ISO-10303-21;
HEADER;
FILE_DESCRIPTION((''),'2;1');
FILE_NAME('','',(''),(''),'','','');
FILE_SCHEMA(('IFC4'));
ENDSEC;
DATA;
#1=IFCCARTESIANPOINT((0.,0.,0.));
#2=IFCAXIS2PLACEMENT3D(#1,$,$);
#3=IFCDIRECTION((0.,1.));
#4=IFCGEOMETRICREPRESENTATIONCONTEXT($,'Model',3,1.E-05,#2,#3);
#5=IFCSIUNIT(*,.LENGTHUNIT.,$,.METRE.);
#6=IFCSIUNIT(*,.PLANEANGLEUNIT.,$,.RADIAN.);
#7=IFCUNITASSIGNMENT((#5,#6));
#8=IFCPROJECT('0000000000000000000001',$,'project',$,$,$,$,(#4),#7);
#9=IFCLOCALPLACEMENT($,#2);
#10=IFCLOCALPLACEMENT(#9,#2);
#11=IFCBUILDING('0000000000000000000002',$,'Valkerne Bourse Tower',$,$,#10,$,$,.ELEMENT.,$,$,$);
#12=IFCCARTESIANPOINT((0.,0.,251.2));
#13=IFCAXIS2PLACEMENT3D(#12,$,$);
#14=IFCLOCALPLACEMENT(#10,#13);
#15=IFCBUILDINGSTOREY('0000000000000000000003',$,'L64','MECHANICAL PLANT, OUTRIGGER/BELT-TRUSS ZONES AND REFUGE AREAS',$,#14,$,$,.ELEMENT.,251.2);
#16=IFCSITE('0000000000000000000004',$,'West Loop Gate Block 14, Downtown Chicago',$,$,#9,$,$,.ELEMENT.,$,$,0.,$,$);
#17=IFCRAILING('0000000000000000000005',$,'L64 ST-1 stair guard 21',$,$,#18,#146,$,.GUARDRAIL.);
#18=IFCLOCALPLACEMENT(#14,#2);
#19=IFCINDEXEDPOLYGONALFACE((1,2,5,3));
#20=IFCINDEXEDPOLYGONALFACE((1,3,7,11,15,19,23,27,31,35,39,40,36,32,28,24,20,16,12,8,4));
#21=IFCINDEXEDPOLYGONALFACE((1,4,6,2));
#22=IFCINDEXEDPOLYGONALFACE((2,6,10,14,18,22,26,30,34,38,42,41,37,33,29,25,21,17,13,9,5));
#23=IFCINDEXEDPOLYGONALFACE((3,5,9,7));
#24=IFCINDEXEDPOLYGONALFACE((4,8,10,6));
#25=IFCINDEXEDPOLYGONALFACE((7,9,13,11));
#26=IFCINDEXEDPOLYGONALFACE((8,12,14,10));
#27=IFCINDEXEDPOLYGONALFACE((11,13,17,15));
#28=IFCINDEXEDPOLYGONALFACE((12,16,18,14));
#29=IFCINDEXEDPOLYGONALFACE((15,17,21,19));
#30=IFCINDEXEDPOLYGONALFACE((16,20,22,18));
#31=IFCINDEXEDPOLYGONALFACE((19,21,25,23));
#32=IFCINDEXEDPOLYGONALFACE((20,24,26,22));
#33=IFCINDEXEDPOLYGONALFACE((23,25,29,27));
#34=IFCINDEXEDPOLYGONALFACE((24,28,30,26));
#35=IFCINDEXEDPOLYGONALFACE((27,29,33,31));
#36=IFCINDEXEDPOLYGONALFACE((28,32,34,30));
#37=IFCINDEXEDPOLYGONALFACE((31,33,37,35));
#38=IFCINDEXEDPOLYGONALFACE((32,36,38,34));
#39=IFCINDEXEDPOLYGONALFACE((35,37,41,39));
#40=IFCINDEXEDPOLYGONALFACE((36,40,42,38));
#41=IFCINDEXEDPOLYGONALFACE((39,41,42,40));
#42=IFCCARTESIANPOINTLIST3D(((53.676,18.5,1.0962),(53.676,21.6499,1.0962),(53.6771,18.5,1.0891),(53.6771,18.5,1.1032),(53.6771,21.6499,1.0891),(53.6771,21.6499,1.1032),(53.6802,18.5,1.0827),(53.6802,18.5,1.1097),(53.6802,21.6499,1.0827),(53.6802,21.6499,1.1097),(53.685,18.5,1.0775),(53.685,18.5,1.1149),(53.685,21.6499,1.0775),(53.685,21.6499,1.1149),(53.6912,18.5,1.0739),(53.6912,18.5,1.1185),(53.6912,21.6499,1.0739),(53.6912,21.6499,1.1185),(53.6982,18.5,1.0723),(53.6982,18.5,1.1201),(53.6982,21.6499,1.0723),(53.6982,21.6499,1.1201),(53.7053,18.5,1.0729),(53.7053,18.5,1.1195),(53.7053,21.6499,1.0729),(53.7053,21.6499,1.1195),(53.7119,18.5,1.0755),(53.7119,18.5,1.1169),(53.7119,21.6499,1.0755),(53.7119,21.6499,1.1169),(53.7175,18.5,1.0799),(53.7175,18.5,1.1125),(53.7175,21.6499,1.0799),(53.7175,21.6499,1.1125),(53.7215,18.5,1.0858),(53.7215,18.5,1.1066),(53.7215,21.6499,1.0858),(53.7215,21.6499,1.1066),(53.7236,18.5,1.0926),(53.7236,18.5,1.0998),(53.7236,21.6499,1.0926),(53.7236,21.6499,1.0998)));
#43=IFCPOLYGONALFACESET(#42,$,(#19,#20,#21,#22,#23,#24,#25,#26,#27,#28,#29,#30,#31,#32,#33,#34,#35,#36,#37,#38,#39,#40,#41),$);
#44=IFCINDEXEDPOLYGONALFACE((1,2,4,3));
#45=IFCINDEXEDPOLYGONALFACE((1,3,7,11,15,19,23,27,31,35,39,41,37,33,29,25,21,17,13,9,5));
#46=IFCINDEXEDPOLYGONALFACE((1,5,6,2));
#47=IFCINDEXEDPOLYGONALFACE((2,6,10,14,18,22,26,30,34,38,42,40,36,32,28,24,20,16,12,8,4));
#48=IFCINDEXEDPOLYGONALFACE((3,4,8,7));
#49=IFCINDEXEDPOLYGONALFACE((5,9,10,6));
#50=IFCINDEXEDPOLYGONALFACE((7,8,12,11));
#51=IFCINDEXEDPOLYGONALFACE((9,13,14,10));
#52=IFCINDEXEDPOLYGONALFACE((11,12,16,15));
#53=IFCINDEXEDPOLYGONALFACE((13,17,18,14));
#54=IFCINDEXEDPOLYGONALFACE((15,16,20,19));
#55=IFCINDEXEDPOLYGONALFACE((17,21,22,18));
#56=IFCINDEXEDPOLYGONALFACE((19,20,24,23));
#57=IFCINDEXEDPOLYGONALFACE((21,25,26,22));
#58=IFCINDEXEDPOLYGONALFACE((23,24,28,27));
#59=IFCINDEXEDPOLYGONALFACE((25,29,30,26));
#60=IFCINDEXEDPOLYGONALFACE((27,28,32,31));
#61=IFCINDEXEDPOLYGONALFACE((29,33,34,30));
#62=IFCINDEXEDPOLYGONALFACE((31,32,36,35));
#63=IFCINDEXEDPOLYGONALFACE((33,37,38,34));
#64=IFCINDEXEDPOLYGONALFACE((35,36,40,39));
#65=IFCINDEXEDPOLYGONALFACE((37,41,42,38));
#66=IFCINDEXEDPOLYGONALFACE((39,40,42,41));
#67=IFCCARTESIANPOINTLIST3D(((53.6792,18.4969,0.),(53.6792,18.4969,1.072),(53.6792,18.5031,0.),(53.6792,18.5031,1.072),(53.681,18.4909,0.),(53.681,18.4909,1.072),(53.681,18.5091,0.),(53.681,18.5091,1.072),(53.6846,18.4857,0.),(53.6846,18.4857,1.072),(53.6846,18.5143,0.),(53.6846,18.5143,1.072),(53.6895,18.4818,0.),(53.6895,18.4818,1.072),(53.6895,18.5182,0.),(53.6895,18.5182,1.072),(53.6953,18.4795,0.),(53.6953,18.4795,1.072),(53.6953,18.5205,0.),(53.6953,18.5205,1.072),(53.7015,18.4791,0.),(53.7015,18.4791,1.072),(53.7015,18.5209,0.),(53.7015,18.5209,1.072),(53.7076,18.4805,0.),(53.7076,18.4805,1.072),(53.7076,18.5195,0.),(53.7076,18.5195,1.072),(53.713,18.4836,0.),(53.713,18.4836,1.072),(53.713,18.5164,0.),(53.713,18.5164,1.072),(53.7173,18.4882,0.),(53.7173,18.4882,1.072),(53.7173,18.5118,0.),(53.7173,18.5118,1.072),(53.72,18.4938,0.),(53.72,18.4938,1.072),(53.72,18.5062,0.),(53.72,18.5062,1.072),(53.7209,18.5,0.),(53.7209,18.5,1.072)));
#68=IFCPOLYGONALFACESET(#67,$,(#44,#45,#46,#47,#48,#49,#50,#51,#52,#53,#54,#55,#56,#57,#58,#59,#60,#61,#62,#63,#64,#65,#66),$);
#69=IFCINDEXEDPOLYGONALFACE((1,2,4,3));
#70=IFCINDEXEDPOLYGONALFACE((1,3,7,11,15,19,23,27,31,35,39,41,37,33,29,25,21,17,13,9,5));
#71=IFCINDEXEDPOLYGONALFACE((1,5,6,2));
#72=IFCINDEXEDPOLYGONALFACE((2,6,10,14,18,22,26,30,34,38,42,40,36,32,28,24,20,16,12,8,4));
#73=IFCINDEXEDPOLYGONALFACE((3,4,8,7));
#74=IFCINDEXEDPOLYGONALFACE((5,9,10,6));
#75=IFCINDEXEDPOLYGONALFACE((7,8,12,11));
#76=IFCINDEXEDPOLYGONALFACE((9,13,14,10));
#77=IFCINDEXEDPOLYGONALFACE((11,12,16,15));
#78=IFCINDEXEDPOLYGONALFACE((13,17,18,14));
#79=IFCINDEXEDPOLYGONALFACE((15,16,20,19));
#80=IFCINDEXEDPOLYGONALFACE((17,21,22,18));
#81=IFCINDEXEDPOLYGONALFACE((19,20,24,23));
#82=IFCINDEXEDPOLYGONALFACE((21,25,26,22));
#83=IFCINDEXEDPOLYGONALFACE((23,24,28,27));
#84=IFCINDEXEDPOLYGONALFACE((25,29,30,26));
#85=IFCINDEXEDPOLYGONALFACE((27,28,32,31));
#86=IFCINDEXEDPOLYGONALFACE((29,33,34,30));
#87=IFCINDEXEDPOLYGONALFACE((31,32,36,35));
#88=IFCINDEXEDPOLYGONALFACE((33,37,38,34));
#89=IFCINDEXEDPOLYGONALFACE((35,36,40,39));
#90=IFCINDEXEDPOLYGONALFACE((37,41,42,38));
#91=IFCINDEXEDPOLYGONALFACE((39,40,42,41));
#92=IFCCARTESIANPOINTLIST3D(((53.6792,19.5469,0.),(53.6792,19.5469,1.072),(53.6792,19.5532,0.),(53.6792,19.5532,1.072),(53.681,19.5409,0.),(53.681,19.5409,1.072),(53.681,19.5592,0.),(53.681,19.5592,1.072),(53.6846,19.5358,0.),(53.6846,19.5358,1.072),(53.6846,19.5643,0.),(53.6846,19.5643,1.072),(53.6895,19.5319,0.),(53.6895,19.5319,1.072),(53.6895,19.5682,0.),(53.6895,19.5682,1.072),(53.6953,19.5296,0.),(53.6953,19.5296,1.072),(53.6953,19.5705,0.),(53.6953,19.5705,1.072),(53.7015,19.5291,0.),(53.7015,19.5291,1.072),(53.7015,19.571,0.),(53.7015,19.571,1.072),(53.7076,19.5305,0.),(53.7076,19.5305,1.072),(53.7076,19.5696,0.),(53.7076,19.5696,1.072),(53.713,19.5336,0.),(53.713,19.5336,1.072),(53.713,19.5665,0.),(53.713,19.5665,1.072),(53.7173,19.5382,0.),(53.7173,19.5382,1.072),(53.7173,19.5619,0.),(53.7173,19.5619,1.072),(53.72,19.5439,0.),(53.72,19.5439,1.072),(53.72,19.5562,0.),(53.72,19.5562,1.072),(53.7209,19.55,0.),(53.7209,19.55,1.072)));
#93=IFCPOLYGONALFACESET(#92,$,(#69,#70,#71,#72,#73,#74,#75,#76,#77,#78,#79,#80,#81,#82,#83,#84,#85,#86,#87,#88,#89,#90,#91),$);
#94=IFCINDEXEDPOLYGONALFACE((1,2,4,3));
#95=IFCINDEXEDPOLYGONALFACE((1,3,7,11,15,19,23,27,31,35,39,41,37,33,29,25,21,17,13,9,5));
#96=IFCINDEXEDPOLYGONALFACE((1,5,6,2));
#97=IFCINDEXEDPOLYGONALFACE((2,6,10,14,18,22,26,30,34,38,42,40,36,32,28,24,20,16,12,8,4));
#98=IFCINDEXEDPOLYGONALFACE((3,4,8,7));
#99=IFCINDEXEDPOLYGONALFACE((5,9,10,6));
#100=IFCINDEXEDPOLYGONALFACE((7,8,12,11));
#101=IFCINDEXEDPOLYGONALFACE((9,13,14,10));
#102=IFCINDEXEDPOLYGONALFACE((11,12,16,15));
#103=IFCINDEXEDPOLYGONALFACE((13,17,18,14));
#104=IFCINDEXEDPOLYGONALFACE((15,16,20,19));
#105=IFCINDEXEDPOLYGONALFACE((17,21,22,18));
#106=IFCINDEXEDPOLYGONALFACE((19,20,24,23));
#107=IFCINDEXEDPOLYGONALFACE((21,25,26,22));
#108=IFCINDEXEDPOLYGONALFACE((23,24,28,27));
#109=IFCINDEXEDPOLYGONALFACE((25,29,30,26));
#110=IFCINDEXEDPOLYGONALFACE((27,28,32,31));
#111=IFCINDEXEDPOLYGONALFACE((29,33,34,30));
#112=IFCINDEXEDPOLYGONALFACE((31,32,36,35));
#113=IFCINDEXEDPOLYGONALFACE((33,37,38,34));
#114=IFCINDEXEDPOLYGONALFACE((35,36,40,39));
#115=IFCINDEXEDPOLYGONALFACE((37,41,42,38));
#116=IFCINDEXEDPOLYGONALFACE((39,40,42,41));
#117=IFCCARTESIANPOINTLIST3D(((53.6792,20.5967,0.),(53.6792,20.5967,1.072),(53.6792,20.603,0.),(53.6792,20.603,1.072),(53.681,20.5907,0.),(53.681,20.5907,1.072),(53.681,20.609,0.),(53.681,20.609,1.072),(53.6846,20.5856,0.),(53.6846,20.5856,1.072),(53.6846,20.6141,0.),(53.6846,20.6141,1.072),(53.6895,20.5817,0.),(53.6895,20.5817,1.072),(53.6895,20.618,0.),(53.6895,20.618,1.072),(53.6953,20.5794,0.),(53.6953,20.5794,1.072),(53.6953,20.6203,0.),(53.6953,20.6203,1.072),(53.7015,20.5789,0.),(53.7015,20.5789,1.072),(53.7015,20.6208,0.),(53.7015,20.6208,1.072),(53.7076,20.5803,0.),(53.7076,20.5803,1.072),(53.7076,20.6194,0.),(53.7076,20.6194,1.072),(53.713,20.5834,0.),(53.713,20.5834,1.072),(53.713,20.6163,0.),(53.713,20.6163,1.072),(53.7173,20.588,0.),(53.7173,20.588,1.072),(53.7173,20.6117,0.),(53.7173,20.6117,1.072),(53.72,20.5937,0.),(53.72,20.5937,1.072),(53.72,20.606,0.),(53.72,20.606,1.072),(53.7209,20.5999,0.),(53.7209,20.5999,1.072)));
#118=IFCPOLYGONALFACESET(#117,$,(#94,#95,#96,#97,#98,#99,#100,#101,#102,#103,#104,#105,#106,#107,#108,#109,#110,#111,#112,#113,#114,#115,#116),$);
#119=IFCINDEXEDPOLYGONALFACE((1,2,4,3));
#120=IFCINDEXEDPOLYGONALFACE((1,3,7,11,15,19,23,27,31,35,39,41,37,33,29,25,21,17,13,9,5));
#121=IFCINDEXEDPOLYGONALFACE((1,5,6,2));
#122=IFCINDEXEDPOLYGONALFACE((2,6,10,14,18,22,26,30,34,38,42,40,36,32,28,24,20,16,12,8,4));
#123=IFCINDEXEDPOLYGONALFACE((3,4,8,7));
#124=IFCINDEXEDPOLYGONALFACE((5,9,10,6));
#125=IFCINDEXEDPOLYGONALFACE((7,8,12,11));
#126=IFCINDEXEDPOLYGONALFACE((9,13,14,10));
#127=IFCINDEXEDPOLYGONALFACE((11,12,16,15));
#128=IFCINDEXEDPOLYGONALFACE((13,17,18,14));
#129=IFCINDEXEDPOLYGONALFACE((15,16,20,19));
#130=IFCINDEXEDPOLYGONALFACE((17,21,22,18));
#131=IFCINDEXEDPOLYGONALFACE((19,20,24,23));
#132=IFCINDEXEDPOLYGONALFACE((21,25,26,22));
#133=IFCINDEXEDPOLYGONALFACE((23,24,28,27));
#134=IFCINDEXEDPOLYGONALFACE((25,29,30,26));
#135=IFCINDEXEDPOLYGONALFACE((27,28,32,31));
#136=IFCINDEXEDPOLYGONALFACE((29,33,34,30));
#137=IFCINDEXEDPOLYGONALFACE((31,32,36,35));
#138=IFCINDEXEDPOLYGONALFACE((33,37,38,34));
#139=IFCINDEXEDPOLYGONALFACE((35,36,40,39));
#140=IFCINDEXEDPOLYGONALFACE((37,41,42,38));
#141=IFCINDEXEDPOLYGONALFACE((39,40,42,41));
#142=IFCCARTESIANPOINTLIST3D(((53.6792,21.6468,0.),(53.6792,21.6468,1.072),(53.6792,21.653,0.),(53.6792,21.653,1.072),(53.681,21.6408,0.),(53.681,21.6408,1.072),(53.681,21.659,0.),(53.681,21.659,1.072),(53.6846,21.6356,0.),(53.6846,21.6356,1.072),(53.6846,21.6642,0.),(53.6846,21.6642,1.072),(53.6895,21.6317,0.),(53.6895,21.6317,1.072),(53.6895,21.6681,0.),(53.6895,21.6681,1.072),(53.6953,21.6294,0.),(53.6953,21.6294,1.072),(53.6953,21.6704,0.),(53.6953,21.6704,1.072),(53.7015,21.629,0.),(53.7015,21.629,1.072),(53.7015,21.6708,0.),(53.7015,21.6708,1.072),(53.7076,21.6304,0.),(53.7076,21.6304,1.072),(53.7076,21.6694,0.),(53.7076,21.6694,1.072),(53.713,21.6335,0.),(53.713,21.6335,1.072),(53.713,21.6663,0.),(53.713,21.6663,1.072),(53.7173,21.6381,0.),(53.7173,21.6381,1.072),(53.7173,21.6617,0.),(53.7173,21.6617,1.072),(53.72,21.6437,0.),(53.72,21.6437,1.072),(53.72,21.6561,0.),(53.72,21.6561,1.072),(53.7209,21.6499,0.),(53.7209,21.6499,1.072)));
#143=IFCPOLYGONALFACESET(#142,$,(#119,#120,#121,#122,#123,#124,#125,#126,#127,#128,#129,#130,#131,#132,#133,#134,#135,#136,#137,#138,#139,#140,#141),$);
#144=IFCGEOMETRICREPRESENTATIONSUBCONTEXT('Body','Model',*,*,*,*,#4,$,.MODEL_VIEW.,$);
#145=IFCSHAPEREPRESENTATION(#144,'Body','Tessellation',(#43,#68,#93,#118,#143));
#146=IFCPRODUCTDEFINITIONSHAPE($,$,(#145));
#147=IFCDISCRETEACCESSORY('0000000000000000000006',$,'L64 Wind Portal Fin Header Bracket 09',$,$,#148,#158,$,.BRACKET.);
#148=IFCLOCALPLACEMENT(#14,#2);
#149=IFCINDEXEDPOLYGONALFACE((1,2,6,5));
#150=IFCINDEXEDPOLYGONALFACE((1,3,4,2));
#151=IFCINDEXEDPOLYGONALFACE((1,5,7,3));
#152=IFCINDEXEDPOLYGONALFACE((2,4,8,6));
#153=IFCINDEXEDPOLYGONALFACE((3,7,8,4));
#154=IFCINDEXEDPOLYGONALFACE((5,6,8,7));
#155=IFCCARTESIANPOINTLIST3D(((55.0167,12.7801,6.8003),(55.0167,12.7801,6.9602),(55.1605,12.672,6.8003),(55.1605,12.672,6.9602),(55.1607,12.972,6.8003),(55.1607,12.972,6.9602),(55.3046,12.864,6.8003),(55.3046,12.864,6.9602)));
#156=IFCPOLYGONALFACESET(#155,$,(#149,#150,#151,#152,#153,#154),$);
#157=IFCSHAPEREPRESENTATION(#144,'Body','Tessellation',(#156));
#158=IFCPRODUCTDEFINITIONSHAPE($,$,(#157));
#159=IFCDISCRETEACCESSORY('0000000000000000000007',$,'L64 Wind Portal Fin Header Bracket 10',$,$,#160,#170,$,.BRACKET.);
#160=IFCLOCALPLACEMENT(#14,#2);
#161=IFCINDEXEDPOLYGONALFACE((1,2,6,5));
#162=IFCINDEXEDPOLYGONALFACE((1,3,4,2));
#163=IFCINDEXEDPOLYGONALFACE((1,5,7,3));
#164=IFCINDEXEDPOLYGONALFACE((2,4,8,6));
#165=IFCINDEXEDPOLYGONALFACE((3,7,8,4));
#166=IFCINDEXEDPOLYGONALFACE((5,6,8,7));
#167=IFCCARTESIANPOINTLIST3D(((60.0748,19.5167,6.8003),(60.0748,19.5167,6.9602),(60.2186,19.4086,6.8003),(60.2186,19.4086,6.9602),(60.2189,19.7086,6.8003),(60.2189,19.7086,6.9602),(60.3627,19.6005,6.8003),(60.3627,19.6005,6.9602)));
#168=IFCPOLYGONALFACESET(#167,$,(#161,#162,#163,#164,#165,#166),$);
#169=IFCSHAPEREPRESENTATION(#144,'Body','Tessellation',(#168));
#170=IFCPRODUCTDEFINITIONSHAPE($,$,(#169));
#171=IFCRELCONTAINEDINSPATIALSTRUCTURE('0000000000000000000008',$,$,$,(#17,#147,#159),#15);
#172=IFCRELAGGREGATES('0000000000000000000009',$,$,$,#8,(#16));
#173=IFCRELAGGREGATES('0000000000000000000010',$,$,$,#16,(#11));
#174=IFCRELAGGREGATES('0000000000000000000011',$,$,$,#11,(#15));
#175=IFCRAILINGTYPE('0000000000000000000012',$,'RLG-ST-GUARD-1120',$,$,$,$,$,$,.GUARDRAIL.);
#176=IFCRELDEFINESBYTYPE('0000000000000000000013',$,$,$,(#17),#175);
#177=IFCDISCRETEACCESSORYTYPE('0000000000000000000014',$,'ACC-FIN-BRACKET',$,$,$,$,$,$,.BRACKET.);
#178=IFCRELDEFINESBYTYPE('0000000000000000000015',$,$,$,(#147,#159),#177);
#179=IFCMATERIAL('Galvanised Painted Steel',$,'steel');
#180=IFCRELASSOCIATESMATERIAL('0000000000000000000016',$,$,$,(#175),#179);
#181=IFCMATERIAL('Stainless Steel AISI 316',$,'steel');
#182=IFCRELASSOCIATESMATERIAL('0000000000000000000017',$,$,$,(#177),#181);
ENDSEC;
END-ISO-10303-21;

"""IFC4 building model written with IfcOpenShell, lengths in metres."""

from ifc_helpers import new_model, si_unit, direction, frame, origin, origin_2d, place, context, subcontext, project, spatial, rectangle, circle, extrude, material, type_object, element, save


model = new_model("IFC4")

# Units and contexts
model_context = context("Model", 3, precision=1e-05, world=origin(), true_north=direction((0.0, 1.0)))
body_context = subcontext(model_context, "Body", "Model", "MODEL_VIEW")
ifc_project = project(units=[si_unit("LENGTHUNIT", "METRE"), si_unit("PLANEANGLEUNIT", "RADIAN")], contexts=[model_context])

# Site, building, storey
site_placement = place(None, origin())
site = spatial("IfcSite", under=ifc_project, at=site_placement, Name="West Loop Gate Block 14, Downtown Chicago", CompositionType="ELEMENT", RefElevation=0.0)
building_placement = place(site_placement, origin())
building = spatial("IfcBuilding", under=site, at=building_placement, Name="Valkerne Bourse Tower", CompositionType="ELEMENT")
storey_placement = place(building_placement, frame((0.0, 0.0, 251.2)))
storey = spatial("IfcBuildingStorey", under=building, at=storey_placement, Name="L64", Description="MECHANICAL PLANT, OUTRIGGER/BELT-TRUSS ZONES AND REFUGE AREAS", CompositionType="ELEMENT", Elevation=251.2)

# Shared definitions
ifc_material_1 = material(Name="Galvanised Painted Steel", Category="steel")

# Railing
ifc_material_2 = material(Name="Stainless Steel AISI 316", Category="steel")
railing_type_1 = type_object("IfcRailingType", Name="RLG-ST-GUARD-1120", PredefinedType="GUARDRAIL", material=ifc_material_1)
railing_1_placement = place(storey_placement, frame((53.7, 18.5, 0.0)))
element("IfcRailing", 1, at=railing_1_placement, inside=storey, type_object=railing_type_1, Name="L64 ST-1 stair guard 21", PredefinedType="GUARDRAIL", context=body_context, shape_type="SweptSolid", body=[
    extrude(circle(Radius=0.0239, at=origin_2d()), frame((0.0, 0.0, 1.0962), z_axis=(0.0, 1.0, 0.0), x_axis=(-1.0, 0.0, 0.0)), (0.0, 0.0, 1.0), 3.1499),
    extrude(circle(Radius=0.021, at=origin_2d()), origin(), (0.0, 0.0, 1.0), 1.072),
    extrude(circle(Radius=0.021, at=origin_2d()), frame((0.0, 1.05, 0.0)), (0.0, 0.0, 1.0), 1.072),
    extrude(circle(Radius=0.021, at=origin_2d()), frame((0.0, 2.0999, 0.0)), (0.0, 0.0, 1.0), 1.072),
    extrude(circle(Radius=0.021, at=origin_2d()), frame((0.0, 3.1499, 0.0)), (0.0, 0.0, 1.0), 1.072),
])

# Discrete accessories
discrete_accessory_type = type_object("IfcDiscreteAccessoryType", Name="ACC-FIN-BRACKET", PredefinedType="BRACKET", material=ifc_material_2)
for number, where, z_axis, x_axis, name in (
    (2, (55.1606, 12.822, 6.8003), (0.0, 0.0, 1.0), (0.60042, 0.799685, 0.0), "L64 Wind Portal Fin Header Bracket 09"),
    (3, (60.2188, 19.5586, 6.8003), (0.0, 0.0, 1.0), (0.60042, 0.799685, 0.0), "L64 Wind Portal Fin Header Bracket 10"),
):
    element("IfcDiscreteAccessory", number, at=place(storey_placement, frame(where, z_axis=z_axis, x_axis=x_axis)), inside=storey, type_object=discrete_accessory_type, Name=name, PredefinedType="BRACKET", context=body_context, shape_type="SweptSolid", body=[
        extrude(rectangle(XDim=0.24, YDim=0.1799, at=origin_2d()), origin(), (0.0, 0.0, 1.0), 0.1599),
    ])

save(model, "model.ifc")
